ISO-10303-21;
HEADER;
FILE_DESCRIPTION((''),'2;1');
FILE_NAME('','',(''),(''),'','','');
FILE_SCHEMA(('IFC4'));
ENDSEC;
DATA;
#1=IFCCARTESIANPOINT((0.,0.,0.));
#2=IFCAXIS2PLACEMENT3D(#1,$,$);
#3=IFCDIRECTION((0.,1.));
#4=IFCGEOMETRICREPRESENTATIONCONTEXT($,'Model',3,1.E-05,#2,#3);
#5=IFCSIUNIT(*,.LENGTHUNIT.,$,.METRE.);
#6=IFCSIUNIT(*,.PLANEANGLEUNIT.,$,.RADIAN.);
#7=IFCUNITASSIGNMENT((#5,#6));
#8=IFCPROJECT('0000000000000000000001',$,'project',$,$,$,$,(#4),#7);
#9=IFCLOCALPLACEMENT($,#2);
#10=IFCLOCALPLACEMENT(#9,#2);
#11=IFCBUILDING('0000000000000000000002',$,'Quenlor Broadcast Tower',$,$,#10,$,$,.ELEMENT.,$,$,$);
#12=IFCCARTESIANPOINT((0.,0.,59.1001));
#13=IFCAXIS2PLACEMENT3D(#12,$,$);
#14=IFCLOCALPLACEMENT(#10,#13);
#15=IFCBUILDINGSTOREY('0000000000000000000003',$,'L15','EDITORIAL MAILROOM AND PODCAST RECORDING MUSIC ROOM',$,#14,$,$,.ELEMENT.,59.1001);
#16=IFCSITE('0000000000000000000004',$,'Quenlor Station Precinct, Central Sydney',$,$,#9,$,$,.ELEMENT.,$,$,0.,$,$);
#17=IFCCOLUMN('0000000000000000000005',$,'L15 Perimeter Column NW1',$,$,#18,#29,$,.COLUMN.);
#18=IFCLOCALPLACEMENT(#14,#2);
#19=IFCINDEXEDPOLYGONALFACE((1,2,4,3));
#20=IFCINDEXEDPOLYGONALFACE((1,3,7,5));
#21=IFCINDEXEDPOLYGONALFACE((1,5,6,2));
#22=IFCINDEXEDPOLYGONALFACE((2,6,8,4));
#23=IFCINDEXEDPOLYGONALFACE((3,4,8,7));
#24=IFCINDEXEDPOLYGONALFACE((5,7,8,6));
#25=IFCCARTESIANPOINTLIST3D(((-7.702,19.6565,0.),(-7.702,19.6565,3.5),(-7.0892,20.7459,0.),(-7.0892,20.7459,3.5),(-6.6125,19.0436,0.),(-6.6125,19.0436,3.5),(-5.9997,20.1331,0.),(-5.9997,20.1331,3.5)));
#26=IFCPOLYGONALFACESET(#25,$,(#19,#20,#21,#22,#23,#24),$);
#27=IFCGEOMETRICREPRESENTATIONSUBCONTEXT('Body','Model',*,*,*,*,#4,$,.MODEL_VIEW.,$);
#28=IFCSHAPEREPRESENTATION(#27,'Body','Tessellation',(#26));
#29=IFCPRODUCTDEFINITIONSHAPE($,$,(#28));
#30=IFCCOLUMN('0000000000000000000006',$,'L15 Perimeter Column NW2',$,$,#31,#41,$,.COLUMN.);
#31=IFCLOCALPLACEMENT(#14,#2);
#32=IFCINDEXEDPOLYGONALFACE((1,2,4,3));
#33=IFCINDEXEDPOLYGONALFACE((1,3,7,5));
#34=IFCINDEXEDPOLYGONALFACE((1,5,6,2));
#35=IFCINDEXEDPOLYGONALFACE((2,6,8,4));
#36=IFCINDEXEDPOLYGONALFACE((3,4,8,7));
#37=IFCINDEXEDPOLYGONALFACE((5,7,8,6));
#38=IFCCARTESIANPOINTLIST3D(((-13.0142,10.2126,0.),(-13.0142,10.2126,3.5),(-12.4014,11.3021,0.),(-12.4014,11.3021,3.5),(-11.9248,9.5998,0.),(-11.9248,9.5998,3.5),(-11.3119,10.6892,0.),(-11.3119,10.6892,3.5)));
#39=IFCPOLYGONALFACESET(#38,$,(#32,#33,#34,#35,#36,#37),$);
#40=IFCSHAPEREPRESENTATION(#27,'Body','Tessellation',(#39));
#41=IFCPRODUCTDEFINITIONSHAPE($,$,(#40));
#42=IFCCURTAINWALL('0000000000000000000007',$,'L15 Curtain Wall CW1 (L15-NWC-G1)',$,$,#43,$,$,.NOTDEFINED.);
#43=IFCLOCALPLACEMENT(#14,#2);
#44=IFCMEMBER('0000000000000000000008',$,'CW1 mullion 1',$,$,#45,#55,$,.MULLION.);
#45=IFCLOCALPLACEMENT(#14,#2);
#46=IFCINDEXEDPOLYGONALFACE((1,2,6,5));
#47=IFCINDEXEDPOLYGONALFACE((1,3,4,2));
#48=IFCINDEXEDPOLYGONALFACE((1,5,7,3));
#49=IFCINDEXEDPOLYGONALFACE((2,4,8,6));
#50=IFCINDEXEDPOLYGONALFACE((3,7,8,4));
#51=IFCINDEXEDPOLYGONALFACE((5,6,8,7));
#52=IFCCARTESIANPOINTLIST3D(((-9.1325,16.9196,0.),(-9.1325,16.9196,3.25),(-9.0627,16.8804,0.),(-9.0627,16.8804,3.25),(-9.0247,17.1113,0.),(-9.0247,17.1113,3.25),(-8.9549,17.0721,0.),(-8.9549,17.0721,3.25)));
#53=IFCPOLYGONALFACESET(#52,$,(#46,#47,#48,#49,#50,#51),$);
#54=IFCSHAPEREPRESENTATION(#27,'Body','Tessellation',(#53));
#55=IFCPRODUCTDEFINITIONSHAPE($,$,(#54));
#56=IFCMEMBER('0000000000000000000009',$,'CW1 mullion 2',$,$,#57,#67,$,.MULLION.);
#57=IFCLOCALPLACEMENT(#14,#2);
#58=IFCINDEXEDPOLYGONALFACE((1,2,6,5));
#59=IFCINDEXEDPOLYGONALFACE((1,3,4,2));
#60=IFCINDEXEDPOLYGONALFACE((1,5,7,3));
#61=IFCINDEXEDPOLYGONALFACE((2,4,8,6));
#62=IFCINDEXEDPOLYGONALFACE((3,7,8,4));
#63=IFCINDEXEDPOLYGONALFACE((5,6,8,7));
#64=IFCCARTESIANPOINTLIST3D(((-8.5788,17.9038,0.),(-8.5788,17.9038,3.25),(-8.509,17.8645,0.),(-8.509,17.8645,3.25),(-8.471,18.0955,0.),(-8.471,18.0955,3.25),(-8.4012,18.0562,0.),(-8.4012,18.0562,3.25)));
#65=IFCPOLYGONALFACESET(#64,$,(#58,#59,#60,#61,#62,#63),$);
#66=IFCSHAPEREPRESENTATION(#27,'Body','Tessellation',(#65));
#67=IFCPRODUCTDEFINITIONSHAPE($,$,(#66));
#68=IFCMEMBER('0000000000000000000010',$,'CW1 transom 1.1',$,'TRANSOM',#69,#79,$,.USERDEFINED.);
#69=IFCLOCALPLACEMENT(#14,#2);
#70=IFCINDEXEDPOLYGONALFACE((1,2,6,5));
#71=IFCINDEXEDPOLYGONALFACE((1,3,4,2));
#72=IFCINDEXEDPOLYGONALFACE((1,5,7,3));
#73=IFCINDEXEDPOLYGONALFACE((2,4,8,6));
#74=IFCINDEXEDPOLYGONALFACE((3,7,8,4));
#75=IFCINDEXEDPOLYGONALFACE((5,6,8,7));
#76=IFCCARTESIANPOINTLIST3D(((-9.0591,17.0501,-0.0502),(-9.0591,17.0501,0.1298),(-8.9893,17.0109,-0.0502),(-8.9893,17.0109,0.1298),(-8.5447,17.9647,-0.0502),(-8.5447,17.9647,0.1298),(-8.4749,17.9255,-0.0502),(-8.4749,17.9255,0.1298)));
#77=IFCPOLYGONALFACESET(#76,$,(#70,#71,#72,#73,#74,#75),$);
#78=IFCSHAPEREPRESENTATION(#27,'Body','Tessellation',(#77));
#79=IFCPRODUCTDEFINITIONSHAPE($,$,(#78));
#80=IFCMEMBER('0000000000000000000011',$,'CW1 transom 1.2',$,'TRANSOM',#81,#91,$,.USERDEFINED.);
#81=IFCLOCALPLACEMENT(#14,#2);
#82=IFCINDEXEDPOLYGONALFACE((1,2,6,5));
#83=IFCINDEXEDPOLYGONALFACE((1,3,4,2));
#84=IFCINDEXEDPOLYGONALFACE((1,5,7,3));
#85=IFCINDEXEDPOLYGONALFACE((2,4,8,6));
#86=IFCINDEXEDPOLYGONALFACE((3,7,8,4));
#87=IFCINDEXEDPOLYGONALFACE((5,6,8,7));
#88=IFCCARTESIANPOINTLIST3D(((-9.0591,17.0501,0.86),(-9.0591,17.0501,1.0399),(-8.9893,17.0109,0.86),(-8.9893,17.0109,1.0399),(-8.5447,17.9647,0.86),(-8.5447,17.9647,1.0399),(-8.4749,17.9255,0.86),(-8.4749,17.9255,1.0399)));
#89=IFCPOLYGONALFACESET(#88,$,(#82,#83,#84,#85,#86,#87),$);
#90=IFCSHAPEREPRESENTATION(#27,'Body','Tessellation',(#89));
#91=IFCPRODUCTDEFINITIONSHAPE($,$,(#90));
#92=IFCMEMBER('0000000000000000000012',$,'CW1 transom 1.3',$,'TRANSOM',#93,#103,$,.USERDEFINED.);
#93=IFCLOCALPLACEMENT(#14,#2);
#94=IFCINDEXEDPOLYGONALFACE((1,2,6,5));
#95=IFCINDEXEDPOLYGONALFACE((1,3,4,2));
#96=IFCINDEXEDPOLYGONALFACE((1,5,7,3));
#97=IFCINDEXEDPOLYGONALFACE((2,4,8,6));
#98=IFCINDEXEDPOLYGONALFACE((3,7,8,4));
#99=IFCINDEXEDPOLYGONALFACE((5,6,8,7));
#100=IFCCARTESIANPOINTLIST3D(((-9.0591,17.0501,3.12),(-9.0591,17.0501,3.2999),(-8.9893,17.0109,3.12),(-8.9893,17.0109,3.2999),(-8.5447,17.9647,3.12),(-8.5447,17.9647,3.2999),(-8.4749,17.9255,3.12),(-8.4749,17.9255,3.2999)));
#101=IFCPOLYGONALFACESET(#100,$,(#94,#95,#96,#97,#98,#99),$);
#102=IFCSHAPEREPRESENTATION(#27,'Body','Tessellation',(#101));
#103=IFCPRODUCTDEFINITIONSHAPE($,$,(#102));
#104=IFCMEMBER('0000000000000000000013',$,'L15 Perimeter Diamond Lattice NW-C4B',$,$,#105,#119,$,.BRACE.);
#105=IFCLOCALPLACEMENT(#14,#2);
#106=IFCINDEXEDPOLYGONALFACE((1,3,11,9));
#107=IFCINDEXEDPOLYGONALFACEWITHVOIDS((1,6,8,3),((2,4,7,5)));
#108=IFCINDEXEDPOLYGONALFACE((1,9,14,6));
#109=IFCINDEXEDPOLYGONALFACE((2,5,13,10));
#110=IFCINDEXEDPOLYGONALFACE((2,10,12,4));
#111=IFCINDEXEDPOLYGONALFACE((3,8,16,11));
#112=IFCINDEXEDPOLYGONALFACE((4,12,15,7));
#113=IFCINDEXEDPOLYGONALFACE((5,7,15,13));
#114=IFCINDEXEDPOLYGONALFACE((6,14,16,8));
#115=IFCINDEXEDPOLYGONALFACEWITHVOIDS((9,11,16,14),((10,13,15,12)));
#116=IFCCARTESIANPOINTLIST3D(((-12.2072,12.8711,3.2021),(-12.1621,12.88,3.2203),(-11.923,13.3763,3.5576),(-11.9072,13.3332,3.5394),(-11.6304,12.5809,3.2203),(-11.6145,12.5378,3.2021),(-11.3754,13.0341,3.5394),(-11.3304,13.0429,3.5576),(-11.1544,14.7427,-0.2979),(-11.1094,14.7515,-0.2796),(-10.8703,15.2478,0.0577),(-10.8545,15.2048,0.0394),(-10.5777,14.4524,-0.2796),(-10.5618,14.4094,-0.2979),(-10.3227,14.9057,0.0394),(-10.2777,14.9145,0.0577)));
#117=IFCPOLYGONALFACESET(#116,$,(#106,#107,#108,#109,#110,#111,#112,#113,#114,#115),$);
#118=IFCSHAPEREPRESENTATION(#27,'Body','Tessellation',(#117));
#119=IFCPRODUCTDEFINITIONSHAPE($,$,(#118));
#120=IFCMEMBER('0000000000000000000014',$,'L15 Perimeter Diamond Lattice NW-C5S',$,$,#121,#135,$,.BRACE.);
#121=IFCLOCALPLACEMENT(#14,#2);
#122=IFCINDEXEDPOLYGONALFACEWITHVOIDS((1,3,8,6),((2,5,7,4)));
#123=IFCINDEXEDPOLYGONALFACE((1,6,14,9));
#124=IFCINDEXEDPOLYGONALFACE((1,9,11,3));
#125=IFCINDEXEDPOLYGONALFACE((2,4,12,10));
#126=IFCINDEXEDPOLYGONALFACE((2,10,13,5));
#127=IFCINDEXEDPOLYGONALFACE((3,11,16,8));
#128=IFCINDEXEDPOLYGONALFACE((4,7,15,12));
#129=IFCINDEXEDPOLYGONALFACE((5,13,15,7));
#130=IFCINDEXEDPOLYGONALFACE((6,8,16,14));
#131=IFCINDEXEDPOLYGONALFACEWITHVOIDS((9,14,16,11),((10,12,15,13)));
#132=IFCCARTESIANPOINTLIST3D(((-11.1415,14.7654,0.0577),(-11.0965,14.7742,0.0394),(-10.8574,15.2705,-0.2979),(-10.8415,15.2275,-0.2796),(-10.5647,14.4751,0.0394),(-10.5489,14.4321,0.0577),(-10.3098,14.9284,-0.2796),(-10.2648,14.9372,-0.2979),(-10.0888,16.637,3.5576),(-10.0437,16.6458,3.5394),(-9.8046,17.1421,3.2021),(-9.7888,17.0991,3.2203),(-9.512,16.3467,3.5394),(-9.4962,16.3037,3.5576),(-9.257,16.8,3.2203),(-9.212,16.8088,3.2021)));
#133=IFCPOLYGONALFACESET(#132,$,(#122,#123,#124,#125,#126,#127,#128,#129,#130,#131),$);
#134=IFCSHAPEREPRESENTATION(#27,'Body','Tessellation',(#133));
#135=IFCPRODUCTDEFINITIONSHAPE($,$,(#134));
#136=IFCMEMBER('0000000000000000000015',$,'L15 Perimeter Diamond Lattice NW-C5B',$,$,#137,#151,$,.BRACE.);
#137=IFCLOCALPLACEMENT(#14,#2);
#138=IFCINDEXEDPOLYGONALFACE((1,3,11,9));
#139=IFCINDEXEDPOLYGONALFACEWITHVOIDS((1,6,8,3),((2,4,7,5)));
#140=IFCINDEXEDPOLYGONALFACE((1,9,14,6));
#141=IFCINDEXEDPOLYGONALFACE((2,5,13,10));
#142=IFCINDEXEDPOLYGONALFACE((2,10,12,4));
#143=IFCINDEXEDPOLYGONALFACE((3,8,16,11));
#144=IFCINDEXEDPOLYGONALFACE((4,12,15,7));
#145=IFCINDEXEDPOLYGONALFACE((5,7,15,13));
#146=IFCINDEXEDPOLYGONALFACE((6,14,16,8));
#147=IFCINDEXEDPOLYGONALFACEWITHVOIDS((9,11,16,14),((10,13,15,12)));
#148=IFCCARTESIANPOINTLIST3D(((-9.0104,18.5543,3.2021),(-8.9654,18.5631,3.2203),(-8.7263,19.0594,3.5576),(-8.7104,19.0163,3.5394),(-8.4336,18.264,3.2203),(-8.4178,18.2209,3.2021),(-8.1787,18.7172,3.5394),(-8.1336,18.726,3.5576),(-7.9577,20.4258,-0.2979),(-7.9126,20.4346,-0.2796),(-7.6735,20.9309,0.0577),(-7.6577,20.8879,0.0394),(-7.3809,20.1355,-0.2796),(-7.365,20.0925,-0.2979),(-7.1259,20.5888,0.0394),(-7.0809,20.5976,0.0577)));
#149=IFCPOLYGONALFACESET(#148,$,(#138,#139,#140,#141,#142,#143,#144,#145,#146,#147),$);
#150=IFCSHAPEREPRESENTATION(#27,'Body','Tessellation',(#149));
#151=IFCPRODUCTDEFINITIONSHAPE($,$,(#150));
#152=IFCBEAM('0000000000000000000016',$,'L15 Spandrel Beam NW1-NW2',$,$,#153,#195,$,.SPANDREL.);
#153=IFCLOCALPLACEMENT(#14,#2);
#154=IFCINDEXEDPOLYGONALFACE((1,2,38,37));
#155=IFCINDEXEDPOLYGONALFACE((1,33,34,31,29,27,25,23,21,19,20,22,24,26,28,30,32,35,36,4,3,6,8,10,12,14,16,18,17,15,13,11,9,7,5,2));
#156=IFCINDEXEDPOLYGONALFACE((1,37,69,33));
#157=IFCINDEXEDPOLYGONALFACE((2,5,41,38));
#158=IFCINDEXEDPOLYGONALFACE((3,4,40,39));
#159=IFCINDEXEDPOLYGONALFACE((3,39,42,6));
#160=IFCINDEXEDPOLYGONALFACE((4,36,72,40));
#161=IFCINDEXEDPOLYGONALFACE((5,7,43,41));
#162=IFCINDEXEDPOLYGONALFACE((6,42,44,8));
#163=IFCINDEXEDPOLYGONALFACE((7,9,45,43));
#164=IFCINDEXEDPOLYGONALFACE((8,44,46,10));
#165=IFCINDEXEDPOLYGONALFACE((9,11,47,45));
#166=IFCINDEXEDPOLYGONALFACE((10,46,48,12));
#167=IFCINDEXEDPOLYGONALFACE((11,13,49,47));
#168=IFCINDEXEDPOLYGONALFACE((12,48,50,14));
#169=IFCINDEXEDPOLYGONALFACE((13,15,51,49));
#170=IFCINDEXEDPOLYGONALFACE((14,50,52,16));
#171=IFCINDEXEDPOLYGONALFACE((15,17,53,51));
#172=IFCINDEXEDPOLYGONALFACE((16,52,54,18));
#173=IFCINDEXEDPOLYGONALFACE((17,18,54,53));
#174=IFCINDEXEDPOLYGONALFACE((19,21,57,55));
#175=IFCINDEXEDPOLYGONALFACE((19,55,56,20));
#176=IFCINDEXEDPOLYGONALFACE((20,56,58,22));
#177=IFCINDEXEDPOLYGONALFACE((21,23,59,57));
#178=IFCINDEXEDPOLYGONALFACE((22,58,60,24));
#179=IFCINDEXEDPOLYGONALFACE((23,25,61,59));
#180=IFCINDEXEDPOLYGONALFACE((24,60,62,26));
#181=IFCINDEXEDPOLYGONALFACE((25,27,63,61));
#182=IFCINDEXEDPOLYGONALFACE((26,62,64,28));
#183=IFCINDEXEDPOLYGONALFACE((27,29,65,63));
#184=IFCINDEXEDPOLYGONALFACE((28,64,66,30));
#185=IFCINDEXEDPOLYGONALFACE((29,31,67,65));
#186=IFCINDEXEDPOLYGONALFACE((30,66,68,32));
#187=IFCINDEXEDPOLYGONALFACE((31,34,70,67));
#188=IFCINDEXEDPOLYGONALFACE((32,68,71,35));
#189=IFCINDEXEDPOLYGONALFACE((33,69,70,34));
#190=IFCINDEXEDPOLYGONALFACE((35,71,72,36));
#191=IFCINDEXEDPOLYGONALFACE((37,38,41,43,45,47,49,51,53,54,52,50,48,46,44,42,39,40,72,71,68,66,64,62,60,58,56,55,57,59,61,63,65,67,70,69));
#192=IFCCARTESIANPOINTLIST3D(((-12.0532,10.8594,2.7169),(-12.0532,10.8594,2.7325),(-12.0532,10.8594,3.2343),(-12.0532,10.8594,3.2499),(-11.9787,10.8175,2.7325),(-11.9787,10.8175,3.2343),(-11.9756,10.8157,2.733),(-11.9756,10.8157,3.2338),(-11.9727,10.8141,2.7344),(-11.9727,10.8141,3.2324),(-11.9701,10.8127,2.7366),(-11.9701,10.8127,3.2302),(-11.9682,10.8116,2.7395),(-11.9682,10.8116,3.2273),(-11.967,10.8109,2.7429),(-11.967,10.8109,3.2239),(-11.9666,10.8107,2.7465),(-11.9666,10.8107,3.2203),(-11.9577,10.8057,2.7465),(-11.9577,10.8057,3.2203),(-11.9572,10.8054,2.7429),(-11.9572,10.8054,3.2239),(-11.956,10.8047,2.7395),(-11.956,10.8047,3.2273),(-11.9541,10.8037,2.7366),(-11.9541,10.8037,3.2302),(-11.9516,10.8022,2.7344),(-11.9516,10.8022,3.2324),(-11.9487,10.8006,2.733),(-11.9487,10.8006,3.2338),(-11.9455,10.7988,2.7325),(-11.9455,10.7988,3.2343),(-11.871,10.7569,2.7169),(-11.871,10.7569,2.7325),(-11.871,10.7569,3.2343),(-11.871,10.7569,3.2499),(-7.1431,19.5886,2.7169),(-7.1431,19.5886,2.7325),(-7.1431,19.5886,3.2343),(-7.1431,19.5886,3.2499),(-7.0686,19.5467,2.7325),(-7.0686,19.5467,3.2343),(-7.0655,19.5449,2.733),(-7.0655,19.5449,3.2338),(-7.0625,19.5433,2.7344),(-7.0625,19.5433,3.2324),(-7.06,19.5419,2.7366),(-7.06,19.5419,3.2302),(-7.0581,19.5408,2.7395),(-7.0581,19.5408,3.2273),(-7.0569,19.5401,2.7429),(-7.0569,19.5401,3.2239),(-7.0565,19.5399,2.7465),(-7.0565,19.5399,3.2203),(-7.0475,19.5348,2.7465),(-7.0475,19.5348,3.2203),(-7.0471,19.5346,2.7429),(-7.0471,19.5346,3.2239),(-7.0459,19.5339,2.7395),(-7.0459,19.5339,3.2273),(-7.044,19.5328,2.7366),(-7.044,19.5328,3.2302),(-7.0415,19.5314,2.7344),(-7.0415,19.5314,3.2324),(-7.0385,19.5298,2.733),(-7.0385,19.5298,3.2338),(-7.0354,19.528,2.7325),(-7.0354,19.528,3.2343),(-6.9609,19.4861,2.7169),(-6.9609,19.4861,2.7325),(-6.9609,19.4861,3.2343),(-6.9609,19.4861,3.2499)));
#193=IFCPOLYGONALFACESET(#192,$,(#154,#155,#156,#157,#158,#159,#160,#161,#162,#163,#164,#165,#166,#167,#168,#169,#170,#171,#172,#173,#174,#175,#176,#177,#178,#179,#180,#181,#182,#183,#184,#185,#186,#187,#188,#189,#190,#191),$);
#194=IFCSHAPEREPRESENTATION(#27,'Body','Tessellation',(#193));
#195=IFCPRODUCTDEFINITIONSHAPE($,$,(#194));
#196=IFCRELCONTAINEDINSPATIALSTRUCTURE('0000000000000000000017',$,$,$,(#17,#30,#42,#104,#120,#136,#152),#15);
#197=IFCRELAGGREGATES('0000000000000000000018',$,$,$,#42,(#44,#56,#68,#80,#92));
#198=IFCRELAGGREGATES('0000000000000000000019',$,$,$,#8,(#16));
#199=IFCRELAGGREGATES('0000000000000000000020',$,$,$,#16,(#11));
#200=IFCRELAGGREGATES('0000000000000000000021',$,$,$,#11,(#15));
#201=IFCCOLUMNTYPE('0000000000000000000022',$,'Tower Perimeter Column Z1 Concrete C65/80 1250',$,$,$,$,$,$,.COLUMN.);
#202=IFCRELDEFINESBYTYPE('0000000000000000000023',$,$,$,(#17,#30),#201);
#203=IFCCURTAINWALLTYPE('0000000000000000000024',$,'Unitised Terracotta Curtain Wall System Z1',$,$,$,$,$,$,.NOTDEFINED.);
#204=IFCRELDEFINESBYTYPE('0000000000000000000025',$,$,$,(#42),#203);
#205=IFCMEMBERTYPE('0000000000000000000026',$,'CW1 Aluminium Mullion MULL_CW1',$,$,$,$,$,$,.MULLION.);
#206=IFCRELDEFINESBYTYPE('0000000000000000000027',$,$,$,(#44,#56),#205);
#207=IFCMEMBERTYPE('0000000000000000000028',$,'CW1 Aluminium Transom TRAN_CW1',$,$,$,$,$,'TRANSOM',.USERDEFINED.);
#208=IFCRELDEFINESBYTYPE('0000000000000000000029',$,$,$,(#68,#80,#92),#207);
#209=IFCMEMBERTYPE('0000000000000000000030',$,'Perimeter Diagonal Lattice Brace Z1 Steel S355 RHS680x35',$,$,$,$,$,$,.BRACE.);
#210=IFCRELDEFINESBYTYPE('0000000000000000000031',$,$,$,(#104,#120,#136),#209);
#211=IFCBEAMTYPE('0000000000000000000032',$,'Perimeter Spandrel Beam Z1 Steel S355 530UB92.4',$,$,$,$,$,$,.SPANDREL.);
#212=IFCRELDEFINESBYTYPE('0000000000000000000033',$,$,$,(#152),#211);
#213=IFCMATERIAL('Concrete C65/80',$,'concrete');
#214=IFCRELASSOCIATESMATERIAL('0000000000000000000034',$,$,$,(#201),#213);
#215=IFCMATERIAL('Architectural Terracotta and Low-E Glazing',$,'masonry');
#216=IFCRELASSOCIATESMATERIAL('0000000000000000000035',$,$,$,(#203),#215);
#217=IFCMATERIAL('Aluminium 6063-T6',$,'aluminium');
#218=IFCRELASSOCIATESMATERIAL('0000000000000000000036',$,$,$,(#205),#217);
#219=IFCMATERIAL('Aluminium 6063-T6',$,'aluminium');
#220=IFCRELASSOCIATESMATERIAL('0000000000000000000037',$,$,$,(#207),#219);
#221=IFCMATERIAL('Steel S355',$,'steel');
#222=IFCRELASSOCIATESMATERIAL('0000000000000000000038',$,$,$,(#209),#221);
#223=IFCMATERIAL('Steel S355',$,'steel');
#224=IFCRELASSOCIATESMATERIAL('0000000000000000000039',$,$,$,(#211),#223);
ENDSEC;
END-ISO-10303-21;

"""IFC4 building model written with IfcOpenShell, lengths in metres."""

from ifc_helpers import new_model, si_unit, direction, frame, origin, origin_2d, place, context, subcontext, project, spatial, rectangle, hollow_rectangle, i_section, extrude, material, material_profile, profile_set, type_object, element, aggregate, save


model = new_model("IFC4")

# Units and contexts
model_context = context("Model", 3, precision=1e-05, world=origin(), true_north=direction((0.0, 1.0)))
body_context = subcontext(model_context, "Body", "Model", "MODEL_VIEW")
ifc_project = project(units=[si_unit("LENGTHUNIT", "METRE"), si_unit("PLANEANGLEUNIT", "RADIAN")], contexts=[model_context])

# Site, building, storey
site_placement = place(None, origin())
site = spatial("IfcSite", under=ifc_project, at=site_placement, Name="Quenlor Station Precinct, Central Sydney", CompositionType="ELEMENT", RefElevation=0.0)
building_placement = place(site_placement, origin())
building = spatial("IfcBuilding", under=site, at=building_placement, Name="Quenlor Broadcast Tower", CompositionType="ELEMENT")
storey_placement = place(building_placement, frame((0.0, 0.0, 59.1001)))
storey = spatial("IfcBuildingStorey", under=building, at=storey_placement, Name="L15", Description="EDITORIAL MAILROOM AND PODCAST RECORDING MUSIC ROOM", CompositionType="ELEMENT", Elevation=59.1001)

# Columns
ifc_material_1 = material(Name="Concrete C65/80", Category="concrete")
ifc_material_profile_1 = material_profile(ifc_material_1, rectangle(XDim=1.25, YDim=1.25, at=origin_2d()))
ifc_profile_set_1 = profile_set([ifc_material_profile_1], Name="Concrete C65/80 RC1250x1250")
column_type = type_object("IfcColumnType", Name="Tower Perimeter Column Z1 Concrete C65/80 1250", PredefinedType="COLUMN", material=ifc_profile_set_1)
for number, where, z_axis, x_axis, name in (
    (1, (-6.8508, 19.8948, 0.0), (0.0, 0.0, 1.0), (-0.871575, 0.490262, 0.0), "L15 Perimeter Column NW1"),
    (2, (-12.1631, 10.4509, 0.0), (0.0, 0.0, 1.0), (-0.871575, 0.490262, 0.0), "L15 Perimeter Column NW2"),
):
    element("IfcColumn", number, at=place(storey_placement, frame(where, z_axis=z_axis, x_axis=x_axis)), inside=storey, type_object=column_type, Name=name, PredefinedType="COLUMN", context=body_context, shape_type="SweptSolid", body=[
        extrude(rectangle(XDim=1.25, YDim=1.25, at=origin_2d()), origin(), (0.0, 0.0, 1.0), 3.5),
    ])

# Curtain wall, members
ifc_material_2 = material(Name="Architectural Terracotta and Low-E Glazing", Category="masonry")
curtain_wall_type = type_object("IfcCurtainWallType", Name="Unitised Terracotta Curtain Wall System Z1", PredefinedType="NOTDEFINED", material=ifc_material_2)
curtain_wall_placement = place(storey_placement, origin())
curtain_wall = element("IfcCurtainWall", 3, at=curtain_wall_placement, inside=storey, type_object=curtain_wall_type, Name="L15 Curtain Wall CW1 (L15-NWC-G1)", PredefinedType="NOTDEFINED")
ifc_material_3 = material(Name="Aluminium 6063-T6", Category="aluminium")
ifc_material_profile_2 = material_profile(ifc_material_3, rectangle(XDim=0.0801, YDim=0.22, at=origin_2d()))
ifc_profile_set_2 = profile_set([ifc_material_profile_2], Name="Aluminium 6063-T6 MULL80x220")
member_type_1 = type_object("IfcMemberType", Name="CW1 Aluminium Mullion MULL_CW1", PredefinedType="MULLION", material=ifc_profile_set_2)
member_1_placement = place(storey_placement, frame((-9.0437, 16.9958, 0.0), z_axis=(0.0, 0.0, 1.0), x_axis=(-0.871567, 0.490277, 0.0)))
member_1 = element("IfcMember", 4, at=member_1_placement, type_object=member_type_1, Name="CW1 mullion 1", PredefinedType="MULLION", context=body_context, shape_type="SweptSolid", body=[
    extrude(rectangle(XDim=0.0801, YDim=0.22, at=origin_2d()), origin(), (0.0, 0.0, 1.0), 3.25),
])
member_2_placement = place(storey_placement, frame((-8.49, 17.98, 0.0), z_axis=(0.0, 0.0, 1.0), x_axis=(-0.871567, 0.490277, 0.0)))
member_2 = element("IfcMember", 5, at=member_2_placement, type_object=member_type_1, Name="CW1 mullion 2", PredefinedType="MULLION", context=body_context, shape_type="SweptSolid", body=[
    extrude(rectangle(XDim=0.0801, YDim=0.22, at=origin_2d()), origin(), (0.0, 0.0, 1.0), 3.25),
])
ifc_material_4 = material(Name="Aluminium 6063-T6", Category="aluminium")
ifc_material_profile_3 = material_profile(ifc_material_4, rectangle(XDim=0.0801, YDim=0.1799, at=origin_2d()))
ifc_profile_set_3 = profile_set([ifc_material_profile_3], Name="Aluminium 6063-T6 TRAN80x180")
member_type_2 = type_object("IfcMemberType", Name="CW1 Aluminium Transom TRAN_CW1", ElementType="TRANSOM", PredefinedType="USERDEFINED", material=ifc_profile_set_3)
member_3_placement = place(storey_placement, frame((-9.0242, 17.0305, 0.0398), z_axis=(0.490239, 0.871588, 0.0), x_axis=(-0.871588, 0.490239, 0.0)))
member_3 = element("IfcMember", 6, at=member_3_placement, type_object=member_type_2, Name="CW1 transom 1.1", ObjectType="TRANSOM", PredefinedType="USERDEFINED", context=body_context, shape_type="SweptSolid", body=[
    extrude(rectangle(XDim=0.0801, YDim=0.1799, at=origin_2d()), origin(), (0.0, 0.0, 1.0), 1.0493),
])
member_4_placement = place(storey_placement, frame((-9.0242, 17.0305, 0.95), z_axis=(0.490239, 0.871588, 0.0), x_axis=(-0.871588, 0.490239, 0.0)))
member_4 = element("IfcMember", 7, at=member_4_placement, type_object=member_type_2, Name="CW1 transom 1.2", ObjectType="TRANSOM", PredefinedType="USERDEFINED", context=body_context, shape_type="SweptSolid", body=[
    extrude(rectangle(XDim=0.0801, YDim=0.1799, at=origin_2d()), origin(), (0.0, 0.0, 1.0), 1.0493),
])
member_5_placement = place(storey_placement, frame((-9.0242, 17.0305, 3.21), z_axis=(0.490239, 0.871588, 0.0), x_axis=(-0.871588, 0.490239, 0.0)))
member_5 = element("IfcMember", 8, at=member_5_placement, type_object=member_type_2, Name="CW1 transom 1.3", ObjectType="TRANSOM", PredefinedType="USERDEFINED", context=body_context, shape_type="SweptSolid", body=[
    extrude(rectangle(XDim=0.0801, YDim=0.1799, at=origin_2d()), origin(), (0.0, 0.0, 1.0), 1.0493),
])

# Members
ifc_material_5 = material(Name="Steel S355", Category="steel")
ifc_material_profile_4 = material_profile(ifc_material_5, hollow_rectangle(XDim=0.6799, YDim=0.6799, WallThickness=0.0349, at=origin_2d()))
ifc_profile_set_4 = profile_set([ifc_material_profile_4], Name="Steel S355 RHS680x680x35")
member_type_3 = type_object("IfcMemberType", Name="Perimeter Diagonal Lattice Brace Z1 Steel S355 RHS680x35", PredefinedType="BRACE", material=ifc_profile_set_4)
for number, where, z_axis, x_axis, name in (
    (9, (-10.7161, 14.8286, -0.1201), (-0.256375, -0.455792, 0.852365), (0.871582, -0.49025, 0.0), "L15 Perimeter Diamond Lattice NW-C4B"),
    (10, (-10.7031, 14.8513, -0.1201), (0.256375, 0.455792, 0.852365), (-0.871582, 0.49025, 0.0), "L15 Perimeter Diamond Lattice NW-C5S"),
    (11, (-7.5193, 20.5117, -0.1201), (-0.256375, -0.455792, 0.852365), (0.871582, -0.49025, 0.0), "L15 Perimeter Diamond Lattice NW-C5B"),
):
    element("IfcMember", number, at=place(storey_placement, frame(where, z_axis=z_axis, x_axis=x_axis)), inside=storey, type_object=member_type_3, Name=name, PredefinedType="BRACE", context=body_context, shape_type="SweptSolid", body=[
        extrude(hollow_rectangle(XDim=0.6799, YDim=0.6799, WallThickness=0.0349, at=origin_2d()), origin(), (0.0, 0.0, 1.0), 4.1062),
    ])

# Beam
ifc_material_6 = material(Name="Steel S355", Category="steel")
ifc_material_profile_5 = material_profile(ifc_material_6, i_section(OverallWidth=0.209, OverallDepth=0.533, WebThickness=0.0103, FlangeThickness=0.0156, FilletRadius=0.0139, at=origin_2d()))
ifc_profile_set_5 = profile_set([ifc_material_profile_5], Name="Steel S355 530UB92.4")
beam_type_1 = type_object("IfcBeamType", Name="Perimeter Spandrel Beam Z1 Steel S355 530UB92.4", PredefinedType="SPANDREL", material=ifc_profile_set_5)
beam_1_placement = place(storey_placement, frame((-7.052, 19.5374, 2.9834), z_axis=(-0.490258, -0.871577, 0.0), x_axis=(0.871577, -0.490258, 0.0)))
element("IfcBeam", 12, at=beam_1_placement, inside=storey, type_object=beam_type_1, Name="L15 Spandrel Beam NW1-NW2", PredefinedType="SPANDREL", context=body_context, shape_type="SweptSolid", body=[
    extrude(i_section(OverallWidth=0.209, OverallDepth=0.533, WebThickness=0.0103, FlangeThickness=0.0156, FilletRadius=0.0139, at=origin_2d()), origin(), (0.0, 0.0, 1.0), 10.0154),
])

aggregate(curtain_wall, [member_1, member_2, member_3, member_4, member_5])

save(model, "model.ifc")
